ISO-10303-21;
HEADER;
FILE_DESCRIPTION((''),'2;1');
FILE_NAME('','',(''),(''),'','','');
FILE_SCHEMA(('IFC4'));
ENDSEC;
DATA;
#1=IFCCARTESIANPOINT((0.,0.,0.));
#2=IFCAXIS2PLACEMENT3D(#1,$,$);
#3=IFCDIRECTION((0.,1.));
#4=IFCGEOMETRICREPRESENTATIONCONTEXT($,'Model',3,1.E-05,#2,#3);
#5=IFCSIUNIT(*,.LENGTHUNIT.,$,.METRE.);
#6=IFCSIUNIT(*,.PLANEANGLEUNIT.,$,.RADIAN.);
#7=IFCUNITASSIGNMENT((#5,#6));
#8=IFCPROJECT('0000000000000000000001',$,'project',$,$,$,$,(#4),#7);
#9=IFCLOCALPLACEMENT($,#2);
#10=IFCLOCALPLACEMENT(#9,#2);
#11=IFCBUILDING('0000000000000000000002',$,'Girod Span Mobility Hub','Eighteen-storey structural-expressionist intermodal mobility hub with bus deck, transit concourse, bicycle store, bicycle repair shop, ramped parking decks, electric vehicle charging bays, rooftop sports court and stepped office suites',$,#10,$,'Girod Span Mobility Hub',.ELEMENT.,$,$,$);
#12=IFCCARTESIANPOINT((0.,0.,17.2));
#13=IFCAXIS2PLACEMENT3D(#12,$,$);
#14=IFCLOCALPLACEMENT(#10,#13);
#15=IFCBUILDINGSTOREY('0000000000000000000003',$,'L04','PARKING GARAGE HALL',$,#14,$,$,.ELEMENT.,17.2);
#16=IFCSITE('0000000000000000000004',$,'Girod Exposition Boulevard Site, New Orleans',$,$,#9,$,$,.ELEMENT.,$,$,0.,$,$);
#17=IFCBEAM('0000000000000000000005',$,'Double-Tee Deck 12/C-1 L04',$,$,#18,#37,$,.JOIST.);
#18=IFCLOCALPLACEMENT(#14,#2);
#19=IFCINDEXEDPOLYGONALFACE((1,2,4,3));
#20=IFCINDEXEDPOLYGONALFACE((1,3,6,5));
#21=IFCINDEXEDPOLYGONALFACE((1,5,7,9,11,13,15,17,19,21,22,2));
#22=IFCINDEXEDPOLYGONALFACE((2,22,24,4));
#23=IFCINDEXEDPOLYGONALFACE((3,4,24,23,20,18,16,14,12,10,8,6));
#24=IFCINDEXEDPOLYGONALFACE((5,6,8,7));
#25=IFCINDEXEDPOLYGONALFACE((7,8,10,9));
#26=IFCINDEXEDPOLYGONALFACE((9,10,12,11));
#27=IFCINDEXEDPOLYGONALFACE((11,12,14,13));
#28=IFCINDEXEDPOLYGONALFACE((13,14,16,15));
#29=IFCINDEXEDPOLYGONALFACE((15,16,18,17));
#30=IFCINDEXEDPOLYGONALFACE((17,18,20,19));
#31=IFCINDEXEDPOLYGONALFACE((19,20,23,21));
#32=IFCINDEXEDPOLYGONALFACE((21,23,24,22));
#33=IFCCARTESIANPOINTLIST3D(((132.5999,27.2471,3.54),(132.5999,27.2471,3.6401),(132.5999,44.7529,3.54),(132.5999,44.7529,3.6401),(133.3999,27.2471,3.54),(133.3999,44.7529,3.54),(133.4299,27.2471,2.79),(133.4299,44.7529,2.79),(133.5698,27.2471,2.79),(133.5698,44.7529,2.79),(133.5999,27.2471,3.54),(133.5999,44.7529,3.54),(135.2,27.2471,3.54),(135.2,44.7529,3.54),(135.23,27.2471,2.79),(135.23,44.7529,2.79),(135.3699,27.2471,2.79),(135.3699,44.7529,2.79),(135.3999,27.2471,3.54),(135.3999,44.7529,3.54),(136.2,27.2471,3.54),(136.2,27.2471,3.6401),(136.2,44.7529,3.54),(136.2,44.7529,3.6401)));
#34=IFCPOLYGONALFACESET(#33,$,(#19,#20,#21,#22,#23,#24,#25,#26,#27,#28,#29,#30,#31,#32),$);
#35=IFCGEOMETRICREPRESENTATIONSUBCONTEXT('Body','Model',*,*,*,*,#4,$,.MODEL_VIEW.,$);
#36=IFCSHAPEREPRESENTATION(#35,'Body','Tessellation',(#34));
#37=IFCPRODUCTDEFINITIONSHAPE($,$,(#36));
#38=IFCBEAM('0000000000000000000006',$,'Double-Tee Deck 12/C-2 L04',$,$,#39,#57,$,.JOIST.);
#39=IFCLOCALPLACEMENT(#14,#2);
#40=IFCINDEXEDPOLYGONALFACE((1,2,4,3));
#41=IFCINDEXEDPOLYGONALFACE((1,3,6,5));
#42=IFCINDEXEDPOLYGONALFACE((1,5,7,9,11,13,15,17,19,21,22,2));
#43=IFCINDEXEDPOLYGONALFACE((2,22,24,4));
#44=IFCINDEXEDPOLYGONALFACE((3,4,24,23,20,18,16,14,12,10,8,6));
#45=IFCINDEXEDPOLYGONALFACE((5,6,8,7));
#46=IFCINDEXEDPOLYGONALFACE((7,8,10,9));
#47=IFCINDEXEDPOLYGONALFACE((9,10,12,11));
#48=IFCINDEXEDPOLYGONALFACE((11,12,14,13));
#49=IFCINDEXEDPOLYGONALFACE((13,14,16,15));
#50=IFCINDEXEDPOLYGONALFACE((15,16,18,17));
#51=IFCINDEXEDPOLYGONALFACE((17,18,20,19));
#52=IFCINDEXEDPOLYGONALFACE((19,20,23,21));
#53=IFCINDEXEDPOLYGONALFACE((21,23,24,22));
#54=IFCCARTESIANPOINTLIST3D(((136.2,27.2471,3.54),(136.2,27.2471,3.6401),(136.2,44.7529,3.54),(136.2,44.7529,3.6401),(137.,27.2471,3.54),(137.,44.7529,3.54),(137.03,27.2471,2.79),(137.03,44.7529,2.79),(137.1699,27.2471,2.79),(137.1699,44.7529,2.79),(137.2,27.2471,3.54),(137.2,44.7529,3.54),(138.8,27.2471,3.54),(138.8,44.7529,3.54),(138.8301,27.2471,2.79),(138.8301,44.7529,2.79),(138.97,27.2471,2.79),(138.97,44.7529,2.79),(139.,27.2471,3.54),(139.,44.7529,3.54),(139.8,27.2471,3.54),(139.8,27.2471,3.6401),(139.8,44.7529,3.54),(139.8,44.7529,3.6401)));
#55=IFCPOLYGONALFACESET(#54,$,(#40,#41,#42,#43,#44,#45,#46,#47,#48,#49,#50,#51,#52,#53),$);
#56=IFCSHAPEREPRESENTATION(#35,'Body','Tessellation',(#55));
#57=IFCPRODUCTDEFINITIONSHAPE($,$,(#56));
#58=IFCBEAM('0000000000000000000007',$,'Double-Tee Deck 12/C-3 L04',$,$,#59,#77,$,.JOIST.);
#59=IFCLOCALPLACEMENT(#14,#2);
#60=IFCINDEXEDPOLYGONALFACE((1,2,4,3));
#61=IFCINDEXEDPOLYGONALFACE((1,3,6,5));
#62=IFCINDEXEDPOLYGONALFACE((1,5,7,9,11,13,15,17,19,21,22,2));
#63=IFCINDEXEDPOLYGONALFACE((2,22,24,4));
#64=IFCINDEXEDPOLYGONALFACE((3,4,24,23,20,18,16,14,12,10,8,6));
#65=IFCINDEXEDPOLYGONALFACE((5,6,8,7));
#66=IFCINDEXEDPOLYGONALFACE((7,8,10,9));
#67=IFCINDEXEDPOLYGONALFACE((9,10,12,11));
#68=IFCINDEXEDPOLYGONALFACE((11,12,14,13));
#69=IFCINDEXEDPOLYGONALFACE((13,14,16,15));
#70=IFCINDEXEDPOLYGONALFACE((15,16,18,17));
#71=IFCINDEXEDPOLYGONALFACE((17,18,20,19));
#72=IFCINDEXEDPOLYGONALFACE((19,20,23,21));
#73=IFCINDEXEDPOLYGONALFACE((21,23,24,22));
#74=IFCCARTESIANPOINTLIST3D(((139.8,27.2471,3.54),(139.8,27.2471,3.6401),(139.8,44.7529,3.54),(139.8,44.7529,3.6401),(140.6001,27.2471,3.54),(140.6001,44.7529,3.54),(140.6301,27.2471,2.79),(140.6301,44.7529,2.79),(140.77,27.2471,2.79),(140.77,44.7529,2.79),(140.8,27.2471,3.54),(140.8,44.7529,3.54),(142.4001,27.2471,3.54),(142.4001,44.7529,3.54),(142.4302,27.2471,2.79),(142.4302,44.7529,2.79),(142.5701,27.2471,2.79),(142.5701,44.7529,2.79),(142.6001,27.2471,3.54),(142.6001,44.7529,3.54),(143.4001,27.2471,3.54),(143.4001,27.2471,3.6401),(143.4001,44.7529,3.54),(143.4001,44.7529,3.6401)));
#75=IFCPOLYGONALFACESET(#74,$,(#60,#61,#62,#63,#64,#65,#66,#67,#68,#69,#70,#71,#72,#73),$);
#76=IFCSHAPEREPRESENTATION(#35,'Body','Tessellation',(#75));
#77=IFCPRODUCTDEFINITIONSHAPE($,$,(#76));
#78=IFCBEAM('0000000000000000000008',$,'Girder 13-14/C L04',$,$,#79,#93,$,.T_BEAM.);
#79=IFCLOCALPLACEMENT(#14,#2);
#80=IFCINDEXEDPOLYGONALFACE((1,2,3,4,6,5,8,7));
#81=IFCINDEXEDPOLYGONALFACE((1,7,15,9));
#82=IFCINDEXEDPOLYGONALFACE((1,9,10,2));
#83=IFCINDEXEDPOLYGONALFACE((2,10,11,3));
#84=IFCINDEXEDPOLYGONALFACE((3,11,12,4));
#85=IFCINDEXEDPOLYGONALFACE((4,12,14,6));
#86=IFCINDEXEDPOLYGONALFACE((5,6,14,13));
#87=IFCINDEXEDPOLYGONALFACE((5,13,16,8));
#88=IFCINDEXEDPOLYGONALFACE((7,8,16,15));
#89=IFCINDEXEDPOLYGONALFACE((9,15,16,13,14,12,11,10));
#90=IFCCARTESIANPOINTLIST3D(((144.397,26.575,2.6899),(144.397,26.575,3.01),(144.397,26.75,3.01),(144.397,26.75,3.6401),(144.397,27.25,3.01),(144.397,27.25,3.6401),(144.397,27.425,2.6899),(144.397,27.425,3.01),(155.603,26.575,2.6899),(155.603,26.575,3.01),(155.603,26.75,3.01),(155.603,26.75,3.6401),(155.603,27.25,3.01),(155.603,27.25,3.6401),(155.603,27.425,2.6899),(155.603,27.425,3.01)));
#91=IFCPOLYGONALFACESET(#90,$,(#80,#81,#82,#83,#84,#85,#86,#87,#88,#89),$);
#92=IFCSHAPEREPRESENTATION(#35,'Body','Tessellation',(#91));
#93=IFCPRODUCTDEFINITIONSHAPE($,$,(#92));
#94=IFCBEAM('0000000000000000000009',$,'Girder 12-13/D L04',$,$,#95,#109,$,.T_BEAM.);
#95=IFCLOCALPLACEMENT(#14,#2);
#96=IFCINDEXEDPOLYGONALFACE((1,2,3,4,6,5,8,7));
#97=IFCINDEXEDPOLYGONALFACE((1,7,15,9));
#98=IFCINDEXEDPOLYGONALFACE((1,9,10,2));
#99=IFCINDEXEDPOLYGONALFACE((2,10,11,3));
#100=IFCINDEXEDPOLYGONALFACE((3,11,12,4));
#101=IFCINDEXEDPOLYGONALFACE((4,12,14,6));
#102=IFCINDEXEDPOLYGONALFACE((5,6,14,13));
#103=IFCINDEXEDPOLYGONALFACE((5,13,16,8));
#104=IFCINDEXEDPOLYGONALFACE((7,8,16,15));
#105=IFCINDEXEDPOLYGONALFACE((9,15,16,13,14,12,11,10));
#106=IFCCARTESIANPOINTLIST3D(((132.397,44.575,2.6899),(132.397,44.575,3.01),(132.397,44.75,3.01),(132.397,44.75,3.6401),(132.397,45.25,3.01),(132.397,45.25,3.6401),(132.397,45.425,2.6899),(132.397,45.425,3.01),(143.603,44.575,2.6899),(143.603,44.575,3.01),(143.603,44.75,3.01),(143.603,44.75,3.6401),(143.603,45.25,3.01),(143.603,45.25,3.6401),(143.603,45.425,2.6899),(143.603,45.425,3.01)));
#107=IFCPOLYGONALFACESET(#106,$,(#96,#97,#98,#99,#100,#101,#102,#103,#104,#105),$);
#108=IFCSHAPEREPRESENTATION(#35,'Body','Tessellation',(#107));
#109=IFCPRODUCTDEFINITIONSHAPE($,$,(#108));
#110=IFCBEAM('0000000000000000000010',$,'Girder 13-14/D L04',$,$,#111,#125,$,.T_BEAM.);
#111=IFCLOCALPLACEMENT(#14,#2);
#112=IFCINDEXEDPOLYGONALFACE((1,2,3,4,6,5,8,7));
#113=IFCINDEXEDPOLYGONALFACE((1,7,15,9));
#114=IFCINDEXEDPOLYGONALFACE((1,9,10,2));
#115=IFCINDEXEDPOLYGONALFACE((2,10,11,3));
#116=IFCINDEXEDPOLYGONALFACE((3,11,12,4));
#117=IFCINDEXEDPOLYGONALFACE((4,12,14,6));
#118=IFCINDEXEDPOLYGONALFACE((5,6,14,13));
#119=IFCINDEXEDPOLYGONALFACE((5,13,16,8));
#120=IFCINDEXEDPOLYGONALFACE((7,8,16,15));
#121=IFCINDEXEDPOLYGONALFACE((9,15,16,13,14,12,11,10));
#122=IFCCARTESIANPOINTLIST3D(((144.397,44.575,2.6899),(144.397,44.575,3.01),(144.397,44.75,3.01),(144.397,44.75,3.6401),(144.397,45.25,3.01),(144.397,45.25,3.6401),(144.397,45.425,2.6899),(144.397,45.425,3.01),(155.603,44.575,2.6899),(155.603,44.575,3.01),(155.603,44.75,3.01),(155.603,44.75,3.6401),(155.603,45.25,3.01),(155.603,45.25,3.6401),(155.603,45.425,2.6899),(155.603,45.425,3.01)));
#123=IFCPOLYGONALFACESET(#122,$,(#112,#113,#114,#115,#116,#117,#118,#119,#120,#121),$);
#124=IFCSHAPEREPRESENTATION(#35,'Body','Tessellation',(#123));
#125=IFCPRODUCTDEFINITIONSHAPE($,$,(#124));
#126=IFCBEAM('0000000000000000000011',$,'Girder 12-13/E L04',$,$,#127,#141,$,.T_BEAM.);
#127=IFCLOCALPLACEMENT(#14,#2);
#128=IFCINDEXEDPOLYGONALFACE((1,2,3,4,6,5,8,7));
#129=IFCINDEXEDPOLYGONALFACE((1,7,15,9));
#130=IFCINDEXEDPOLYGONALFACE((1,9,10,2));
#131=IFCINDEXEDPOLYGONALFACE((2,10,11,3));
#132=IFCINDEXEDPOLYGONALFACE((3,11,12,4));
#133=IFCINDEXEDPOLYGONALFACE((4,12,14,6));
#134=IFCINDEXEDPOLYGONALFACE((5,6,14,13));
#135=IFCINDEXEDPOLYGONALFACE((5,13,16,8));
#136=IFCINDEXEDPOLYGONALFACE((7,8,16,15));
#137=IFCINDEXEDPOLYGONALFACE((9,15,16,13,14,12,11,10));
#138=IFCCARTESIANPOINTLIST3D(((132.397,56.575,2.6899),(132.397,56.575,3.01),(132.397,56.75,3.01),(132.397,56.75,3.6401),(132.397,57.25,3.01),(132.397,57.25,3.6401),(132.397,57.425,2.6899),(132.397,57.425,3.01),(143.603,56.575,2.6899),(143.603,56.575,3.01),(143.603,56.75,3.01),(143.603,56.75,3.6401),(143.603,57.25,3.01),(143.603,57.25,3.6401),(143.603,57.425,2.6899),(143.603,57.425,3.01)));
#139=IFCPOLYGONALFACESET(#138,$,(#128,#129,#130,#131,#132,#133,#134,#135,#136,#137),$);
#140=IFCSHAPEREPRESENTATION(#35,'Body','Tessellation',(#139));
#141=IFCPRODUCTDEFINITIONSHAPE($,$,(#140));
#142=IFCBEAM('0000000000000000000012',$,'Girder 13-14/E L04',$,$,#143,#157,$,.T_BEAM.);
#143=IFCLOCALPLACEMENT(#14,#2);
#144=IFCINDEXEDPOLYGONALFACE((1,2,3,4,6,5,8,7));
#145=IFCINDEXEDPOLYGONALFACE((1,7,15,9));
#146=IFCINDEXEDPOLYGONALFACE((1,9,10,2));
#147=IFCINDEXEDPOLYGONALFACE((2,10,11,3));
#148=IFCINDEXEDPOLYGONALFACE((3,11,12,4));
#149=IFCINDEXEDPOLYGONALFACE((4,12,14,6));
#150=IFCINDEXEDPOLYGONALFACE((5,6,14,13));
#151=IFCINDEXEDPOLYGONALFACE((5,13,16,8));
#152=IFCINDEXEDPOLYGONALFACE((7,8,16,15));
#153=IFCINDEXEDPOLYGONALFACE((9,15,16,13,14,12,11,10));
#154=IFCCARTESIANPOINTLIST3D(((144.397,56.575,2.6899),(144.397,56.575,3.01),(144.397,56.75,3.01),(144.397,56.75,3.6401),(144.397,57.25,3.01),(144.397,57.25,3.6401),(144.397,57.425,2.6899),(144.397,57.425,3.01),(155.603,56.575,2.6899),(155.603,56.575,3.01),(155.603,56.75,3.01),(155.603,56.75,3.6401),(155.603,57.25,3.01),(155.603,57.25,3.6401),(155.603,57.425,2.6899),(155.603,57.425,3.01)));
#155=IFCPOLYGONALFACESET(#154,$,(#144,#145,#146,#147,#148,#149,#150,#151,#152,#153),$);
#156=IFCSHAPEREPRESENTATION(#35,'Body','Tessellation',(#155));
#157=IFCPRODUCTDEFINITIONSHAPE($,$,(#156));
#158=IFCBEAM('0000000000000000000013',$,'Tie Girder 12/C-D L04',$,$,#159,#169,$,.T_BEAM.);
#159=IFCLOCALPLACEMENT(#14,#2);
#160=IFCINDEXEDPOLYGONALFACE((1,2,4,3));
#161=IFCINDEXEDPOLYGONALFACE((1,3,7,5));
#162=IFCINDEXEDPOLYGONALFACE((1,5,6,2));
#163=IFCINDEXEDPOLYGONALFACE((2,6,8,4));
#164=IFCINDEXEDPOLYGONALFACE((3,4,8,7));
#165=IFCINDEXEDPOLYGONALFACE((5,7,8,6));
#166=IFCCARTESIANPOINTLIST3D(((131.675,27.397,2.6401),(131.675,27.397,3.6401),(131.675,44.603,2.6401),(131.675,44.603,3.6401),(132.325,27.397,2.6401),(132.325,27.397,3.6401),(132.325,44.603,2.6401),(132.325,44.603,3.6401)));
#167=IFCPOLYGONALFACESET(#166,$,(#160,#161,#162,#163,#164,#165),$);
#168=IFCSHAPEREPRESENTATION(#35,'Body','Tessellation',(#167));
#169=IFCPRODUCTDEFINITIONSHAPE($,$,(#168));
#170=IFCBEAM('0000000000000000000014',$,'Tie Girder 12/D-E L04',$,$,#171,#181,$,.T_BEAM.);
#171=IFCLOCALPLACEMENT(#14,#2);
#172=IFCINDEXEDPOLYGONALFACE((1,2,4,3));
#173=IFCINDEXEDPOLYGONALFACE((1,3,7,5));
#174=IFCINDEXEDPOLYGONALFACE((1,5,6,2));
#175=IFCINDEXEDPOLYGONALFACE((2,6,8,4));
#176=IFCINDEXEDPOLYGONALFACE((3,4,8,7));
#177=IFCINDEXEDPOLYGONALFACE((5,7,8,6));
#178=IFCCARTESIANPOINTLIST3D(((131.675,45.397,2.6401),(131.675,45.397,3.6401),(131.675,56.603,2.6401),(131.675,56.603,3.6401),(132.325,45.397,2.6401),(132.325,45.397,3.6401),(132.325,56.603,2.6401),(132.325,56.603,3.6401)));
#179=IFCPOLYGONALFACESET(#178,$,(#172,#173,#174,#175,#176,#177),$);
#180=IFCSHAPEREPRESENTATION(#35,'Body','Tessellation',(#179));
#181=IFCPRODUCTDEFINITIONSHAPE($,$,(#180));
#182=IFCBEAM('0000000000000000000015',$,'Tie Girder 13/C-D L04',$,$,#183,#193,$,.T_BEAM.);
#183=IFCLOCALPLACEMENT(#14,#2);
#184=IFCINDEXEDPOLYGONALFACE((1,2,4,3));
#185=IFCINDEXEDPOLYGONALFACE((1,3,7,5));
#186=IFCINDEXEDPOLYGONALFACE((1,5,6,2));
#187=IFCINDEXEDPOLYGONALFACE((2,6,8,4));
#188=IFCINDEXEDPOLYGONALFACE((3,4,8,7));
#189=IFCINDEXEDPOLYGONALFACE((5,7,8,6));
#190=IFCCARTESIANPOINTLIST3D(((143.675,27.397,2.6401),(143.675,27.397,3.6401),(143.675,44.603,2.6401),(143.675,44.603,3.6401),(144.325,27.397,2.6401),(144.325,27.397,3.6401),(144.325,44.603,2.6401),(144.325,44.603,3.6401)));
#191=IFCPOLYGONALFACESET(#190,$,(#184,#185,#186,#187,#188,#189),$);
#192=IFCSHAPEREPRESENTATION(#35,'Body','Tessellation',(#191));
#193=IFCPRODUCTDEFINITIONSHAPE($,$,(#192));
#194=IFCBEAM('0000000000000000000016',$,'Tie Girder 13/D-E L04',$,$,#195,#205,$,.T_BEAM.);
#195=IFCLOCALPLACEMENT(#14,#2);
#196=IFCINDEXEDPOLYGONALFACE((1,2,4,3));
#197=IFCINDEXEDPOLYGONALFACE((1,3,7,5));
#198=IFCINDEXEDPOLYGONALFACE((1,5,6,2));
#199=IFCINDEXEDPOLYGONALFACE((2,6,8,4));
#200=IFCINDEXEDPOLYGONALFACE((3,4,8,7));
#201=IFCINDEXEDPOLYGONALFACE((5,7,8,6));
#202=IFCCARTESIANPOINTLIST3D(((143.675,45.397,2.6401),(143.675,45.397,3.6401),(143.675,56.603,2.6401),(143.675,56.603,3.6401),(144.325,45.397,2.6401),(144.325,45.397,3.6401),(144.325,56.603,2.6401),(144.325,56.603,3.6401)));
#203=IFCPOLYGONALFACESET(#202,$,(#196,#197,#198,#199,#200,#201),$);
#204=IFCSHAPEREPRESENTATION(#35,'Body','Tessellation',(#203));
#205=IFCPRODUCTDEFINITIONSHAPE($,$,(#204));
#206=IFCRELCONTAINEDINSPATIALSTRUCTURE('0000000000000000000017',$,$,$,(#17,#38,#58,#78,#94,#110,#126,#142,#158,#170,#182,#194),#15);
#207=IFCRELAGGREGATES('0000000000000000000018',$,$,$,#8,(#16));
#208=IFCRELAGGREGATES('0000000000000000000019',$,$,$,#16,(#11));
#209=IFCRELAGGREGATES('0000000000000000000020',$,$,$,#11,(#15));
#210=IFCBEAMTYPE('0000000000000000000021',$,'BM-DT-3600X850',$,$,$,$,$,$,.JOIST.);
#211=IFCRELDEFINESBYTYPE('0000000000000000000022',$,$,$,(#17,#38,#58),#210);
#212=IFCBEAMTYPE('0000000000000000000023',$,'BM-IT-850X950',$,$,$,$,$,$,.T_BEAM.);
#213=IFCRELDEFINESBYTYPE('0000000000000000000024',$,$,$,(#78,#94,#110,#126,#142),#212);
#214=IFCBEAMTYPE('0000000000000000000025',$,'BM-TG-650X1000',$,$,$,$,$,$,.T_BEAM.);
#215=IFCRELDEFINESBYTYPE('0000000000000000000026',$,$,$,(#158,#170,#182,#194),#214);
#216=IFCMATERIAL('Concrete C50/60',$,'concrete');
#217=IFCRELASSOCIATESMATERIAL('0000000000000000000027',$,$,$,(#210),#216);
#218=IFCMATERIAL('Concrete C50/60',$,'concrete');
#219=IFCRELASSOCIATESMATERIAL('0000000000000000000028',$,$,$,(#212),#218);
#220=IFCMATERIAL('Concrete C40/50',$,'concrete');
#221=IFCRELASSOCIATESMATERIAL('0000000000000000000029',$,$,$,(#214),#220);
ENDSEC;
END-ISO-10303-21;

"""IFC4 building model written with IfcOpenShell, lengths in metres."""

from ifc_helpers import new_model, si_unit, direction, frame, origin, origin_2d, place, context, subcontext, project, spatial, polyline, rectangle, outline, extrude, material, material_profile, profile_set, type_object, element, save


model = new_model("IFC4")

# Units and contexts
model_context = context("Model", 3, precision=1e-05, world=origin(), true_north=direction((0.0, 1.0)))
body_context = subcontext(model_context, "Body", "Model", "MODEL_VIEW")
ifc_project = project(units=[si_unit("LENGTHUNIT", "METRE"), si_unit("PLANEANGLEUNIT", "RADIAN")], contexts=[model_context])

# Site, building, storey
site_placement = place(None, origin())
site = spatial("IfcSite", under=ifc_project, at=site_placement, Name="Girod Exposition Boulevard Site, New Orleans", CompositionType="ELEMENT", RefElevation=0.0)
building_placement = place(site_placement, origin())
building = spatial("IfcBuilding", under=site, at=building_placement, Name="Girod Span Mobility Hub", Description="Eighteen-storey structural-expressionist intermodal mobility hub with bus deck, transit concourse, bicycle store, bicycle repair shop, ramped parking decks, electric vehicle charging bays, rooftop sports court and stepped office suites", LongName="Girod Span Mobility Hub", CompositionType="ELEMENT")
storey_placement = place(building_placement, frame((0.0, 0.0, 17.2)))
storey = spatial("IfcBuildingStorey", under=building, at=storey_placement, Name="L04", Description="PARKING GARAGE HALL", CompositionType="ELEMENT", Elevation=17.2)

# Beams
ifc_material_1 = material(Name="Concrete C50/60", Category="concrete")
ifc_material_profile_1 = material_profile(ifc_material_1, outline(polyline([(-1.8, 0.425), (-1.8, 0.325), (-1.0, 0.325), (-0.97, -0.425), (-0.8301, -0.425), (-0.8, 0.325), (0.8, 0.325), (0.8301, -0.425), (0.97, -0.425), (1.0, 0.325), (1.8, 0.325), (1.8, 0.425), (-1.8, 0.425)])), Name="DT-3600X850")
ifc_profile_set_1 = profile_set([ifc_material_profile_1], Name="Concrete C50/60")
beam_type_1 = type_object("IfcBeamType", Name="BM-DT-3600X850", PredefinedType="JOIST", material=ifc_profile_set_1)
for number, where, z_axis, x_axis, name in (
    (1, (134.3999, 27.2471, 3.2151), (0.0, 1.0, 0.0), (-1.0, 0.0, 0.0), "Double-Tee Deck 12/C-1 L04"),
    (2, (138.0, 27.2471, 3.2151), (0.0, 1.0, 0.0), (-1.0, 0.0, 0.0), "Double-Tee Deck 12/C-2 L04"),
    (3, (141.6001, 27.2471, 3.2151), (0.0, 1.0, 0.0), (-1.0, 0.0, 0.0), "Double-Tee Deck 12/C-3 L04"),
):
    element("IfcBeam", number, at=place(storey_placement, frame(where, z_axis=z_axis, x_axis=x_axis)), inside=storey, type_object=beam_type_1, Name=name, PredefinedType="JOIST", context=body_context, shape_type="SweptSolid", body=[
        extrude(outline(polyline([(-1.8, 0.425), (-1.8, 0.325), (-1.0, 0.325), (-0.97, -0.425), (-0.8301, -0.425), (-0.8, 0.325), (0.8, 0.325), (0.8301, -0.425), (0.97, -0.425), (1.0, 0.325), (1.8, 0.325), (1.8, 0.425), (-1.8, 0.425)])), origin(), (0.0, 0.0, 1.0), 17.5059),
    ])
ifc_material_2 = material(Name="Concrete C50/60", Category="concrete")
ifc_material_profile_2 = material_profile(ifc_material_2, outline(polyline([(-0.425, -0.4751), (0.425, -0.4751), (0.425, -0.155), (0.25, -0.155), (0.25, 0.4751), (-0.25, 0.4751), (-0.25, -0.155), (-0.425, -0.155), (-0.425, -0.4751)])), Name="IT-850X950")
ifc_profile_set_2 = profile_set([ifc_material_profile_2], Name="Concrete C50/60")
beam_type_2 = type_object("IfcBeamType", Name="BM-IT-850X950", PredefinedType="T_BEAM", material=ifc_profile_set_2)
for number, where, z_axis, x_axis, name in (
    (4, (144.397, 27.0, 3.165), (1.0, 0.0, 0.0), (0.0, 1.0, 0.0), "Girder 13-14/C L04"),
    (5, (132.397, 45.0, 3.165), (1.0, 0.0, 0.0), (0.0, 1.0, 0.0), "Girder 12-13/D L04"),
    (6, (144.397, 45.0, 3.165), (1.0, 0.0, 0.0), (0.0, 1.0, 0.0), "Girder 13-14/D L04"),
    (7, (132.397, 57.0, 3.165), (1.0, 0.0, 0.0), (0.0, 1.0, 0.0), "Girder 12-13/E L04"),
    (8, (144.397, 57.0, 3.165), (1.0, 0.0, 0.0), (0.0, 1.0, 0.0), "Girder 13-14/E L04"),
):
    element("IfcBeam", number, at=place(storey_placement, frame(where, z_axis=z_axis, x_axis=x_axis)), inside=storey, type_object=beam_type_2, Name=name, PredefinedType="T_BEAM", context=body_context, shape_type="SweptSolid", body=[
        extrude(outline(polyline([(-0.425, -0.4751), (0.425, -0.4751), (0.425, -0.155), (0.25, -0.155), (0.25, 0.4751), (-0.25, 0.4751), (-0.25, -0.155), (-0.425, -0.155), (-0.425, -0.4751)])), origin(), (0.0, 0.0, 1.0), 11.2061),
    ])
ifc_material_3 = material(Name="Concrete C40/50", Category="concrete")
ifc_material_profile_3 = material_profile(ifc_material_3, rectangle(XDim=0.6499, YDim=1.0, at=origin_2d()), Name="TG-650X1000")
ifc_profile_set_3 = profile_set([ifc_material_profile_3], Name="Concrete C40/50")
beam_type_3 = type_object("IfcBeamType", Name="BM-TG-650X1000", PredefinedType="T_BEAM", material=ifc_profile_set_3)
beam_1_placement = place(storey_placement, frame((132.0, 27.397, 3.1401), z_axis=(0.0, 1.0, 0.0), x_axis=(-1.0, 0.0, 0.0)))
element("IfcBeam", 9, at=beam_1_placement, inside=storey, type_object=beam_type_3, Name="Tie Girder 12/C-D L04", PredefinedType="T_BEAM", context=body_context, shape_type="SweptSolid", body=[
    extrude(rectangle(XDim=0.6499, YDim=1.0, at=origin_2d()), origin(), (0.0, 0.0, 1.0), 17.2061),
])
beam_2_placement = place(storey_placement, frame((132.0, 45.397, 3.1401), z_axis=(0.0, 1.0, 0.0), x_axis=(-1.0, 0.0, 0.0)))
element("IfcBeam", 10, at=beam_2_placement, inside=storey, type_object=beam_type_3, Name="Tie Girder 12/D-E L04", PredefinedType="T_BEAM", context=body_context, shape_type="SweptSolid", body=[
    extrude(rectangle(XDim=0.6499, YDim=1.0, at=origin_2d()), origin(), (0.0, 0.0, 1.0), 11.2061),
])
beam_3_placement = place(storey_placement, frame((144.0, 27.397, 3.1401), z_axis=(0.0, 1.0, 0.0), x_axis=(-1.0, 0.0, 0.0)))
element("IfcBeam", 11, at=beam_3_placement, inside=storey, type_object=beam_type_3, Name="Tie Girder 13/C-D L04", PredefinedType="T_BEAM", context=body_context, shape_type="SweptSolid", body=[
    extrude(rectangle(XDim=0.6499, YDim=1.0, at=origin_2d()), origin(), (0.0, 0.0, 1.0), 17.2061),
])
beam_4_placement = place(storey_placement, frame((144.0, 45.397, 3.1401), z_axis=(0.0, 1.0, 0.0), x_axis=(-1.0, 0.0, 0.0)))
element("IfcBeam", 12, at=beam_4_placement, inside=storey, type_object=beam_type_3, Name="Tie Girder 13/D-E L04", PredefinedType="T_BEAM", context=body_context, shape_type="SweptSolid", body=[
    extrude(rectangle(XDim=0.6499, YDim=1.0, at=origin_2d()), origin(), (0.0, 0.0, 1.0), 11.2061),
])

save(model, "model.ifc")
